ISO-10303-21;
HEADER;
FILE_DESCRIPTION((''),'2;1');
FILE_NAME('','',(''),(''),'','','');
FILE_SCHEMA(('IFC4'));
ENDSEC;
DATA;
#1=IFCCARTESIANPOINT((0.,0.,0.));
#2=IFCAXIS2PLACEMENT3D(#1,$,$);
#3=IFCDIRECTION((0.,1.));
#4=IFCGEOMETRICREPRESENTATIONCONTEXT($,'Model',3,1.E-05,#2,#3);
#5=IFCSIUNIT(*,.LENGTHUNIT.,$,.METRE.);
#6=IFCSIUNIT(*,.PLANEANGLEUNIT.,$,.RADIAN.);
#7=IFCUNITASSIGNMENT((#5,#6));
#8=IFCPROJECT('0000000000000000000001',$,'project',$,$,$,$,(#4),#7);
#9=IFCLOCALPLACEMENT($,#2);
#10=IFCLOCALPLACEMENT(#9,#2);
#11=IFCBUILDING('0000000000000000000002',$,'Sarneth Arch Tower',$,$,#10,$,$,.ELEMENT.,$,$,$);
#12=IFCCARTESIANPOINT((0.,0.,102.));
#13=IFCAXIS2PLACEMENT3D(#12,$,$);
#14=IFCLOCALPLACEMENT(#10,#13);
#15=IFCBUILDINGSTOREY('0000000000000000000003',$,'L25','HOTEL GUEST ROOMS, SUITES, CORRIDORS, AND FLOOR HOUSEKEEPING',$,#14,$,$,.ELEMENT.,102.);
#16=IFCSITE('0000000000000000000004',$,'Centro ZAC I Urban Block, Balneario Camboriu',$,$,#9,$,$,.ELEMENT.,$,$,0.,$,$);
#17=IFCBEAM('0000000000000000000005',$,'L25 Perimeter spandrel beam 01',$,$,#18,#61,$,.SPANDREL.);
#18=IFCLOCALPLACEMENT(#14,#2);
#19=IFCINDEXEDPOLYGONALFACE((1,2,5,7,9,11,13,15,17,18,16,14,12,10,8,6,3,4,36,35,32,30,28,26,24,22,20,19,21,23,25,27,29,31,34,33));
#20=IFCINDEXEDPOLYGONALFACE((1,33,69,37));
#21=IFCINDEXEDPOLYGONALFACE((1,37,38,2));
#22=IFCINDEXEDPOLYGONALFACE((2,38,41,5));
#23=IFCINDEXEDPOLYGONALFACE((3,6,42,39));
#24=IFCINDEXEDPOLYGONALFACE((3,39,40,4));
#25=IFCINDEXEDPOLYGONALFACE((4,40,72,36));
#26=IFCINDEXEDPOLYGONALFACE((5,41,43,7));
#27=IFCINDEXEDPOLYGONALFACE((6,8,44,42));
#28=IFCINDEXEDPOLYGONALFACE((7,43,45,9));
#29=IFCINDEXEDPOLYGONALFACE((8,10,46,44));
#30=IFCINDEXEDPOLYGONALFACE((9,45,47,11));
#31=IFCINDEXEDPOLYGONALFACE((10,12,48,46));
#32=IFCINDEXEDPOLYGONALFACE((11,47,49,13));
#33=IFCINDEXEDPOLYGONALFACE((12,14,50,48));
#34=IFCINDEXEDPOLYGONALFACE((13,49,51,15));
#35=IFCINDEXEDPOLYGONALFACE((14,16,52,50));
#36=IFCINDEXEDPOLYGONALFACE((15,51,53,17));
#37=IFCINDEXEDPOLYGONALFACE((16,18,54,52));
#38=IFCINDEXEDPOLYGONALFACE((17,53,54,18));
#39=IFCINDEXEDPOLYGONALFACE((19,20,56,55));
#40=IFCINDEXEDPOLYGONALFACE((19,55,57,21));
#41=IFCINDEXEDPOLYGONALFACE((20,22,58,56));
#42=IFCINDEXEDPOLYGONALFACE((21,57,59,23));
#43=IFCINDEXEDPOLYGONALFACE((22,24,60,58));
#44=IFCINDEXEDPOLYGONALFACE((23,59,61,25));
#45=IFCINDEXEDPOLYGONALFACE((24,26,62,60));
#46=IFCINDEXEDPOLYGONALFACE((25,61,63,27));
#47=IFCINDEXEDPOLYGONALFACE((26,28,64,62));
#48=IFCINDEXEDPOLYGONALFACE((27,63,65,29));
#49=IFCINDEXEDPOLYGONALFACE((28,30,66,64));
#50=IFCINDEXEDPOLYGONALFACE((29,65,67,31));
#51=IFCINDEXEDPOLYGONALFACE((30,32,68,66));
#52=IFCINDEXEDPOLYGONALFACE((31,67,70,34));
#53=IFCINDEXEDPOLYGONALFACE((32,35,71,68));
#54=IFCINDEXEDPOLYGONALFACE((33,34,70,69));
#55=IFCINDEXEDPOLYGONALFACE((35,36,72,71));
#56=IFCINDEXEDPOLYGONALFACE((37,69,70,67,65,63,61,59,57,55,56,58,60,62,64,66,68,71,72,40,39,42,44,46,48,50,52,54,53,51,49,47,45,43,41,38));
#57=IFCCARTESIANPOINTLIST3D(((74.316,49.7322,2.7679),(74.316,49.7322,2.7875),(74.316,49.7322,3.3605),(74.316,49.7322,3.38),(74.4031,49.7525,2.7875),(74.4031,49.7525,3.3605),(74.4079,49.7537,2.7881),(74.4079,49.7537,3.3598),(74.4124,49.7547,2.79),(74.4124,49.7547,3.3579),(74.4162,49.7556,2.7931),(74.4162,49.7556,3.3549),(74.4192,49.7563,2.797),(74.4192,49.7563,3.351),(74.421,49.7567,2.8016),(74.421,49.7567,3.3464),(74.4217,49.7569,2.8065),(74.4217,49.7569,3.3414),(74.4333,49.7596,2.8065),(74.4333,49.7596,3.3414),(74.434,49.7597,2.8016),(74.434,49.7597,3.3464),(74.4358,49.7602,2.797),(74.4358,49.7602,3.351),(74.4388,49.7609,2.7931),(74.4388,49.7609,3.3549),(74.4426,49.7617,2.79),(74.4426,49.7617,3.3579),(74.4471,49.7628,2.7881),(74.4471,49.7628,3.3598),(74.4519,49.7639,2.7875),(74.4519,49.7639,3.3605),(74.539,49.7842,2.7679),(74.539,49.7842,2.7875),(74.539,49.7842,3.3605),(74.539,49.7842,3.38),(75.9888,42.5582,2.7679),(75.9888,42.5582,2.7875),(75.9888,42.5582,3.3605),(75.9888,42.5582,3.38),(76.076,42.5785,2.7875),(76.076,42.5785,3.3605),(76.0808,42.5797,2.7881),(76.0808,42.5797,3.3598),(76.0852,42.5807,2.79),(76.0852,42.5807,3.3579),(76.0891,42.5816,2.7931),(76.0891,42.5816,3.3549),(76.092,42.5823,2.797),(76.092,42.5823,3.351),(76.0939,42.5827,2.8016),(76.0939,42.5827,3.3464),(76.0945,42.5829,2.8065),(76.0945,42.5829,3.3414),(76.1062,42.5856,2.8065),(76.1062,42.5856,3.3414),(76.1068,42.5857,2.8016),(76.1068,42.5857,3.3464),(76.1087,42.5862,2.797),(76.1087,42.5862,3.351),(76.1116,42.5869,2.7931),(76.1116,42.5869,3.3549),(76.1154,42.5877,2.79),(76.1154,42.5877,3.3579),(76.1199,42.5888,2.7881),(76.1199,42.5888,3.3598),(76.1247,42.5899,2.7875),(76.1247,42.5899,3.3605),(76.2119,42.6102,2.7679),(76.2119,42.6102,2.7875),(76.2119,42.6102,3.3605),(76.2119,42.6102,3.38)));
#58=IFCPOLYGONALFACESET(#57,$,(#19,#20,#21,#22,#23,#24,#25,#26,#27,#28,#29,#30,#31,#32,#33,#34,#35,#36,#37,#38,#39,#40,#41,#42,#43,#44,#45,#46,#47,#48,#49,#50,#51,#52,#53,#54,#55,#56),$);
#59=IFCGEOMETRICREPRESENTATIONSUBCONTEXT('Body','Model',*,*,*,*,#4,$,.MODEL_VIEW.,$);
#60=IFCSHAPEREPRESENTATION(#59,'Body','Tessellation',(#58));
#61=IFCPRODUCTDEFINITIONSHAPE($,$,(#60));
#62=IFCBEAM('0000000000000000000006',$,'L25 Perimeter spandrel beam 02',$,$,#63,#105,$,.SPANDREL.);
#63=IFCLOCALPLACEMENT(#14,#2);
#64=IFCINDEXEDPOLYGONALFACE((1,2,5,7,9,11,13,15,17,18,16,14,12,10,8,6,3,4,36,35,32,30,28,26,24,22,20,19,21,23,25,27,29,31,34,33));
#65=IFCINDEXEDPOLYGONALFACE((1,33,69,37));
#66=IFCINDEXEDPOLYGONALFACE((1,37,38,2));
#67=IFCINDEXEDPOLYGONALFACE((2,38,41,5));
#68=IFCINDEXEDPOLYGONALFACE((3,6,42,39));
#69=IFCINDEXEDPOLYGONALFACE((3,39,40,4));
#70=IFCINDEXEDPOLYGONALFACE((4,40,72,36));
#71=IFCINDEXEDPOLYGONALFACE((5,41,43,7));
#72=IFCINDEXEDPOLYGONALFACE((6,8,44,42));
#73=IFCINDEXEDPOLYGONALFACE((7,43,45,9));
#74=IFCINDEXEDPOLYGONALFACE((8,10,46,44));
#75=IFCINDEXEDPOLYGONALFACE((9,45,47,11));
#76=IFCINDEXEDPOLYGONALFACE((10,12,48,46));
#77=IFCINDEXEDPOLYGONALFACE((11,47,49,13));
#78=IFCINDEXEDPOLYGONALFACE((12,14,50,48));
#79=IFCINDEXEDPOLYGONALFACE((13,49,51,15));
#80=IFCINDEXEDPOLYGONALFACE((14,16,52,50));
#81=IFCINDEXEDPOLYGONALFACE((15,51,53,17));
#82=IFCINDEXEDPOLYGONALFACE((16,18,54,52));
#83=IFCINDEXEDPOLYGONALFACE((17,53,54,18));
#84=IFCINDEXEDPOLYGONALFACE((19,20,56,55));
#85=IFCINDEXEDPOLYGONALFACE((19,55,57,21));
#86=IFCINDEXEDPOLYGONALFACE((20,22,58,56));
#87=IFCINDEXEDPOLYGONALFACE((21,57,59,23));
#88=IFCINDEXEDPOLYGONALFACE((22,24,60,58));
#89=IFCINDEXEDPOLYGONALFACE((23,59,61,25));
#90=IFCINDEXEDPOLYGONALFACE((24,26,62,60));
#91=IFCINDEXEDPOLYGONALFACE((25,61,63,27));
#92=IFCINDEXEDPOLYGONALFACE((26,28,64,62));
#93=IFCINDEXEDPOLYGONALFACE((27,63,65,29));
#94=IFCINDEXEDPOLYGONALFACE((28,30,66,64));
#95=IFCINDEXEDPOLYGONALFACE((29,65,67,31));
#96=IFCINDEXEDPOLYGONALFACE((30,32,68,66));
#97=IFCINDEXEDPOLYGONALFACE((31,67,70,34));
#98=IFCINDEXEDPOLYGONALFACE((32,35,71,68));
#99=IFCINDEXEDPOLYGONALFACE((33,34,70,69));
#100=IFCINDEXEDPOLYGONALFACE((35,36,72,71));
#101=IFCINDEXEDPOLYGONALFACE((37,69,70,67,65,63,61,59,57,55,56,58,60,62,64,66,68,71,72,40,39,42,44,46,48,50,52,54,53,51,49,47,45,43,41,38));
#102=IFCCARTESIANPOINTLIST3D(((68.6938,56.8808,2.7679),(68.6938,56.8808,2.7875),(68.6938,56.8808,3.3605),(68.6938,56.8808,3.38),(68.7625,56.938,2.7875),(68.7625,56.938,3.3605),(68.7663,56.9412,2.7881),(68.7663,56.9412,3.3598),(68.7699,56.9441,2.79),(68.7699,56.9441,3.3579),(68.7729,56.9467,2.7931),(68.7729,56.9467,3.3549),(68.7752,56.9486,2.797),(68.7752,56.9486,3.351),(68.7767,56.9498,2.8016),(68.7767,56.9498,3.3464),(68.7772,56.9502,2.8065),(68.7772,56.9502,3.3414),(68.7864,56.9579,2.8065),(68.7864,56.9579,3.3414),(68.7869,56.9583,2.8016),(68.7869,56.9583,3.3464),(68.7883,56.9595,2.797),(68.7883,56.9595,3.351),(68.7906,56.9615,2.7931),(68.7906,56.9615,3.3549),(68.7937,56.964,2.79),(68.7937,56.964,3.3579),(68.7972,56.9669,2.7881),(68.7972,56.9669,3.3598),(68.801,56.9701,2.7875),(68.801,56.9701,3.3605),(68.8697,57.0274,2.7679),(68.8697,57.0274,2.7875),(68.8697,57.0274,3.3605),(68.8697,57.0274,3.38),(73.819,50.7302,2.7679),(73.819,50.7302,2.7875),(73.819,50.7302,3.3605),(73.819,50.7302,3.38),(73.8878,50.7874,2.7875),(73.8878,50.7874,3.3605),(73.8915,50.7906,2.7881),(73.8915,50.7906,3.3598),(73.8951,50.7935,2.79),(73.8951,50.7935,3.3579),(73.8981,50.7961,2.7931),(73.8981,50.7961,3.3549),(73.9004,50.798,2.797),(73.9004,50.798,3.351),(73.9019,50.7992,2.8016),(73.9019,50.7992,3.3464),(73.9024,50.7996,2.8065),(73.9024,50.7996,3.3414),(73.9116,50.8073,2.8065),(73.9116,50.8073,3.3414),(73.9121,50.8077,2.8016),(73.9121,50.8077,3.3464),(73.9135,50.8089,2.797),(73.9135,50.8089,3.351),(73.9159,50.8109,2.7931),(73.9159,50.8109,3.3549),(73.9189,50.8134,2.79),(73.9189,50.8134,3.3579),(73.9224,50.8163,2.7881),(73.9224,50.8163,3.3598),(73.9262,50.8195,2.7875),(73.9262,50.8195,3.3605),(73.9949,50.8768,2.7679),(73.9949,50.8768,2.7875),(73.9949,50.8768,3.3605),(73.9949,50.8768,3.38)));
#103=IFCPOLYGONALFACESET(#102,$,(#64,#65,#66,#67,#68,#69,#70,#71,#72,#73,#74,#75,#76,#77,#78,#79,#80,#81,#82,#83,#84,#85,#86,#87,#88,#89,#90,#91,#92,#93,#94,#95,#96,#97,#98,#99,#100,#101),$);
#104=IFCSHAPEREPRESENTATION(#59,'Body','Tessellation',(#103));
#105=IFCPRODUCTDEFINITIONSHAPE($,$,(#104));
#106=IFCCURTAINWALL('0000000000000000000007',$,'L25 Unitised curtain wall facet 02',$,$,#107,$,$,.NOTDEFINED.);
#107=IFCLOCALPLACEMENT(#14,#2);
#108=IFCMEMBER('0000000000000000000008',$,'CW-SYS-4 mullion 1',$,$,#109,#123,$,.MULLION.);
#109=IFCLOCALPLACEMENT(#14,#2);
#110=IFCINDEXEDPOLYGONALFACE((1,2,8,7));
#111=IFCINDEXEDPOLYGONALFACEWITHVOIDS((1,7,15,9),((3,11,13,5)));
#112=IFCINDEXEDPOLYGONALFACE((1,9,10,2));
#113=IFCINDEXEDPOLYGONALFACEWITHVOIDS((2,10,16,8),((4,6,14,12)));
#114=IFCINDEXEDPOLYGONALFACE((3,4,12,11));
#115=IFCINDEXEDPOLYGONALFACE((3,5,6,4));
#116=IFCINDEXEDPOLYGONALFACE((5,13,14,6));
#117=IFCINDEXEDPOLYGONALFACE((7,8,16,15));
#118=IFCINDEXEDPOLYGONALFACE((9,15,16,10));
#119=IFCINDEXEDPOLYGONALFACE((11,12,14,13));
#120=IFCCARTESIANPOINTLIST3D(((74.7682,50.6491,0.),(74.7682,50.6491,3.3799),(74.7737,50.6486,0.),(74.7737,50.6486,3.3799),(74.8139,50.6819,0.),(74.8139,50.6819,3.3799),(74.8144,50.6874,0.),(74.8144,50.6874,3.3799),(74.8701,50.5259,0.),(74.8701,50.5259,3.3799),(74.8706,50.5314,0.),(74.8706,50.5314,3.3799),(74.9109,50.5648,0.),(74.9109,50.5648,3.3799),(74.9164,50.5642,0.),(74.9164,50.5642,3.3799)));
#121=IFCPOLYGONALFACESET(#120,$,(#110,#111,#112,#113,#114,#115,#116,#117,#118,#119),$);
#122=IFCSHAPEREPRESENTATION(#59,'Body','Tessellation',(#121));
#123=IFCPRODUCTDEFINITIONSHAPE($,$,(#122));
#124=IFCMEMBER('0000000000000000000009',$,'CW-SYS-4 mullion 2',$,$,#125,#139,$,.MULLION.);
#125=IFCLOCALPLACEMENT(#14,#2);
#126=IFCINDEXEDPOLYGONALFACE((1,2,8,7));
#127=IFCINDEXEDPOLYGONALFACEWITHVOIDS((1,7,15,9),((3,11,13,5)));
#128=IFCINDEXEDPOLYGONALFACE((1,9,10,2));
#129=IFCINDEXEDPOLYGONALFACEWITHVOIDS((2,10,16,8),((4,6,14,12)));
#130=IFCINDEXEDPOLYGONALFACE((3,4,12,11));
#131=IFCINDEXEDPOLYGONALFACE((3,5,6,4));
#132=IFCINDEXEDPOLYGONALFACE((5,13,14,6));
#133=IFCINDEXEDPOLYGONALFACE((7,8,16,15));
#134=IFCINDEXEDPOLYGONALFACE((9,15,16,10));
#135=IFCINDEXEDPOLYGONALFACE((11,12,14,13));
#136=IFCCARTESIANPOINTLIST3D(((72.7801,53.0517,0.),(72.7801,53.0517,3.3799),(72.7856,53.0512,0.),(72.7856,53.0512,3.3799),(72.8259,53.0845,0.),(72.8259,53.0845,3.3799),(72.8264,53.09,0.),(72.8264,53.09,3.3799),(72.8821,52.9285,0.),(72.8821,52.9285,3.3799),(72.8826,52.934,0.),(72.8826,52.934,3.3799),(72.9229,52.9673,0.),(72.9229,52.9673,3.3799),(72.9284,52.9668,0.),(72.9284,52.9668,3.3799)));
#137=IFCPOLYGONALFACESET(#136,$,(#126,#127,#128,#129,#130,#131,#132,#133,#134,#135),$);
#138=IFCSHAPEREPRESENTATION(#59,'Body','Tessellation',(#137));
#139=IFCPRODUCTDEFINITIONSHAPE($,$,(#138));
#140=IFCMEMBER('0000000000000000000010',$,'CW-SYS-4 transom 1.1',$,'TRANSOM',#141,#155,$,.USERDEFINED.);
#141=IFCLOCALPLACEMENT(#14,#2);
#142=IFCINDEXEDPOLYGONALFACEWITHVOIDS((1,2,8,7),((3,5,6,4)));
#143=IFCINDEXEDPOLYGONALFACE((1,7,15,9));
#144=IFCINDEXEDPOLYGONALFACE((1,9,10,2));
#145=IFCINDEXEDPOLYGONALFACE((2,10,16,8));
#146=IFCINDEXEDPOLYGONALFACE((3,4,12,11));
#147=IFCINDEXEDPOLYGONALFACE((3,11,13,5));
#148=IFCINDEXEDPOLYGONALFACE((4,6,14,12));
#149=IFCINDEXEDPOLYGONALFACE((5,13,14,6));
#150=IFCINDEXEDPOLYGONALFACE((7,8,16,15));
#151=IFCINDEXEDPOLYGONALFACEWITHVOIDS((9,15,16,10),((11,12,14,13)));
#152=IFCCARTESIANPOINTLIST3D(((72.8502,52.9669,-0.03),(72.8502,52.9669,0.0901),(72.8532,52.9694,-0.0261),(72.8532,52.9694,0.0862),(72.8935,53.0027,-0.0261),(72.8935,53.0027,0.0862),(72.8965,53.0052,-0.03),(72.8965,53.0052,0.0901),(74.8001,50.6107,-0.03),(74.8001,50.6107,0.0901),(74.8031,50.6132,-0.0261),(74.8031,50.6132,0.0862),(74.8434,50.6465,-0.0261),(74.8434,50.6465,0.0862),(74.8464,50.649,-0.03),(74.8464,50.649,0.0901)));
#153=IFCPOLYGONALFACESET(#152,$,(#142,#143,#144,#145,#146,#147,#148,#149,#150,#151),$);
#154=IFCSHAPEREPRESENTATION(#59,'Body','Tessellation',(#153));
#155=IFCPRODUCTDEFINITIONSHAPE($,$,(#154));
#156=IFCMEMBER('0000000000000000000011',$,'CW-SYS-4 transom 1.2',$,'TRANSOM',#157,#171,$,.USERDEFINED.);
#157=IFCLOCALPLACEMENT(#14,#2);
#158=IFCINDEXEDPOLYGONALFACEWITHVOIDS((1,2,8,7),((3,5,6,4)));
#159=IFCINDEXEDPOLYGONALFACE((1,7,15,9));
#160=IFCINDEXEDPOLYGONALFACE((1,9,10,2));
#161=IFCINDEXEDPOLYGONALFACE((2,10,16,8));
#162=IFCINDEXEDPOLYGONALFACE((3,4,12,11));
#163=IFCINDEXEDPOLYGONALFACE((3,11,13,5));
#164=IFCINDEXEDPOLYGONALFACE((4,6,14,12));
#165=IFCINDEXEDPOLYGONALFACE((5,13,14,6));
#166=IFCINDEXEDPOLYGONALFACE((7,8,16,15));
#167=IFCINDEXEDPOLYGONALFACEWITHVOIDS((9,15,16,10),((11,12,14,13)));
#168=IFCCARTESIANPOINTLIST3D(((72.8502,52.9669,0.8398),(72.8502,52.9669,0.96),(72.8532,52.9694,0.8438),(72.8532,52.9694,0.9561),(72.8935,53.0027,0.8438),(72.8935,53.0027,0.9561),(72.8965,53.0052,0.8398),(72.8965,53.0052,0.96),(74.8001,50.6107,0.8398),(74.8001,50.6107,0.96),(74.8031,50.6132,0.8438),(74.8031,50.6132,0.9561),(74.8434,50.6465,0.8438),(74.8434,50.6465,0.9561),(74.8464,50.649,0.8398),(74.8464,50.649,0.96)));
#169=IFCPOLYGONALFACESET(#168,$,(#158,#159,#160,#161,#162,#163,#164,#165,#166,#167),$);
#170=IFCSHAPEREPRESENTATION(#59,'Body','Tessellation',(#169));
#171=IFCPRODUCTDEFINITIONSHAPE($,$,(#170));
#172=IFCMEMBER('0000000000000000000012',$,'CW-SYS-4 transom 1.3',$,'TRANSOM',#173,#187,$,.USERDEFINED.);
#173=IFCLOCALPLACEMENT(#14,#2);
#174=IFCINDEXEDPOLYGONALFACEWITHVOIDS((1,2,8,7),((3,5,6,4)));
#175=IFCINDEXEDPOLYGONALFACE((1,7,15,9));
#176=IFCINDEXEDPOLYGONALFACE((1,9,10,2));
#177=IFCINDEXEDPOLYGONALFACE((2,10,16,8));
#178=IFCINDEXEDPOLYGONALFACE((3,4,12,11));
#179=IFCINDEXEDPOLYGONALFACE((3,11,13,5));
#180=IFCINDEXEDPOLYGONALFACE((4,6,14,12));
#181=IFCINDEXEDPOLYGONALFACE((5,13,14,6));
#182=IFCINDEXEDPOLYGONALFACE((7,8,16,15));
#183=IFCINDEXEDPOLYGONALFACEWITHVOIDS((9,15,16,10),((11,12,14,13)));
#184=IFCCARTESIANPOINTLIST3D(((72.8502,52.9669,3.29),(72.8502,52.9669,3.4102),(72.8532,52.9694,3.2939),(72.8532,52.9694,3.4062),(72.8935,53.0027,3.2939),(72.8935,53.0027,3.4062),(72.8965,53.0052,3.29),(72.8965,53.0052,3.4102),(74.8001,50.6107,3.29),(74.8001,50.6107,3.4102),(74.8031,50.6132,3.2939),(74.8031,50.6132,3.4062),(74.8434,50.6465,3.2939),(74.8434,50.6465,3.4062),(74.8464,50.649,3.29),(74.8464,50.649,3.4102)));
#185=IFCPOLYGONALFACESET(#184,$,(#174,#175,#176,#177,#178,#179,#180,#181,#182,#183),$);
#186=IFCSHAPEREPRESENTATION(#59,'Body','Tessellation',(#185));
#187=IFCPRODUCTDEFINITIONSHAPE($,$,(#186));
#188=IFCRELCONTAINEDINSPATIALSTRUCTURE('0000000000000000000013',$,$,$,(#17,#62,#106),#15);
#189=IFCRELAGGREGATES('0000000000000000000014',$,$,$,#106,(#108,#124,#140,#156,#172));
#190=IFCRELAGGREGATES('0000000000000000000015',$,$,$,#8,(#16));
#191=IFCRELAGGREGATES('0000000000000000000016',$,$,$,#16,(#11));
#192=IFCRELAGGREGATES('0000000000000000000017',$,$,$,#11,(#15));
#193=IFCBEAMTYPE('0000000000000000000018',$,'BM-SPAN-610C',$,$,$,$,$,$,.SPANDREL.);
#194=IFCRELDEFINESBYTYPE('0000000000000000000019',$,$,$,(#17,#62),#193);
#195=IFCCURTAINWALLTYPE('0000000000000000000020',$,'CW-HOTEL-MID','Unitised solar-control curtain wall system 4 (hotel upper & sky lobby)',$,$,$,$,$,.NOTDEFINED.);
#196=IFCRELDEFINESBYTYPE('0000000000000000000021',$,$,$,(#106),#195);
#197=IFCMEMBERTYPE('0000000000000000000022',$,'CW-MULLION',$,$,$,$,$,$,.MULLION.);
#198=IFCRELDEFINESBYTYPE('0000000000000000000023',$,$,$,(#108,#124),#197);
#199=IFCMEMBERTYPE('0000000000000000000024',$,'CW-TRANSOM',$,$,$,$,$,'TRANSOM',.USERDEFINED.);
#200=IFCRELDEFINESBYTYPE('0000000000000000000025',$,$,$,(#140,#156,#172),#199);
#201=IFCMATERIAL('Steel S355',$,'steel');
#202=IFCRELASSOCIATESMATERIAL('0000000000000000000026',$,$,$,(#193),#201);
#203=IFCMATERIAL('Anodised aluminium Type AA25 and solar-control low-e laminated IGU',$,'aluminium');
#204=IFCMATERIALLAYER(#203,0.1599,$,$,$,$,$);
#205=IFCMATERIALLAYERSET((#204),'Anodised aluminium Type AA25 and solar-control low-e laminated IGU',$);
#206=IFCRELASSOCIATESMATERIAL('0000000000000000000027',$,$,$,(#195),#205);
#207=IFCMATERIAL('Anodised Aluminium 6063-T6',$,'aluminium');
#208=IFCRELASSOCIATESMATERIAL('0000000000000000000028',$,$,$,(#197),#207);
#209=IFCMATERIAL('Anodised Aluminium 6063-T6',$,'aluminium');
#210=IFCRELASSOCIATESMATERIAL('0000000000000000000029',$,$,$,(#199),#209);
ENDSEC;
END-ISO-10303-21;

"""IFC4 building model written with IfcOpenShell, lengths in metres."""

from ifc_helpers import new_model, si_unit, direction, frame, origin, origin_2d, place, context, subcontext, project, spatial, hollow_rectangle, i_section, extrude, material, layer, layer_set, material_profile, profile_set, type_object, element, aggregate, save


model = new_model("IFC4")

# Units and contexts
model_context = context("Model", 3, precision=1e-05, world=origin(), true_north=direction((0.0, 1.0)))
body_context = subcontext(model_context, "Body", "Model", "MODEL_VIEW")
ifc_project = project(units=[si_unit("LENGTHUNIT", "METRE"), si_unit("PLANEANGLEUNIT", "RADIAN")], contexts=[model_context])

# Site, building, storey
site_placement = place(None, origin())
site = spatial("IfcSite", under=ifc_project, at=site_placement, Name="Centro ZAC I Urban Block, Balneario Camboriu", CompositionType="ELEMENT", RefElevation=0.0)
building_placement = place(site_placement, origin())
building = spatial("IfcBuilding", under=site, at=building_placement, Name="Sarneth Arch Tower", CompositionType="ELEMENT")
storey_placement = place(building_placement, frame((0.0, 0.0, 102.0)))
storey = spatial("IfcBuildingStorey", under=building, at=storey_placement, Name="L25", Description="HOTEL GUEST ROOMS, SUITES, CORRIDORS, AND FLOOR HOUSEKEEPING", CompositionType="ELEMENT", Elevation=102.0)

# Beams
ifc_material_1 = material(Name="Steel S355", Category="steel")
ifc_material_profile_1 = material_profile(ifc_material_1, i_section(OverallWidth=0.229, OverallDepth=0.6121, WebThickness=0.012, FlangeThickness=0.0195, FilletRadius=0.019, at=origin_2d()), Name="W610x125")
ifc_profile_set_1 = profile_set([ifc_material_profile_1], Name="Steel S355")
beam_type = type_object("IfcBeamType", Name="BM-SPAN-610C", PredefinedType="SPANDREL", material=ifc_profile_set_1)
beam_1_placement = place(storey_placement, frame((76.1003, 42.5842, 3.074), z_axis=(-0.227088, 0.973874, 0.0), x_axis=(-0.973874, -0.227088, 0.0)))
element("IfcBeam", 1, at=beam_1_placement, inside=storey, type_object=beam_type, Name="L25 Perimeter spandrel beam 01", PredefinedType="SPANDREL", context=body_context, shape_type="SweptSolid", body=[
    extrude(i_section(OverallWidth=0.229, OverallDepth=0.6121, WebThickness=0.012, FlangeThickness=0.0195, FilletRadius=0.019, at=origin_2d()), origin(), (0.0, 0.0, 1.0), 7.3665),
])
beam_2_placement = place(storey_placement, frame((73.907, 50.8035, 3.074), z_axis=(-0.640163, 0.768239, 0.0), x_axis=(-0.768239, -0.640163, 0.0)))
element("IfcBeam", 2, at=beam_2_placement, inside=storey, type_object=beam_type, Name="L25 Perimeter spandrel beam 02", PredefinedType="SPANDREL", context=body_context, shape_type="SweptSolid", body=[
    extrude(i_section(OverallWidth=0.229, OverallDepth=0.6121, WebThickness=0.012, FlangeThickness=0.0195, FilletRadius=0.019, at=origin_2d()), origin(), (0.0, 0.0, 1.0), 8.0061),
])

# Curtain wall, members
ifc_material_2 = material(Name="Anodised aluminium Type AA25 and solar-control low-e laminated IGU", Category="aluminium")
ifc_layer_1 = layer(ifc_material_2, 0.1599)
ifc_layer_set_1 = layer_set([ifc_layer_1], Name="Anodised aluminium Type AA25 and solar-control low-e laminated IGU")
curtain_wall_type = type_object("IfcCurtainWallType", Name="CW-HOTEL-MID", Description="Unitised solar-control curtain wall system 4 (hotel upper & sky lobby)", PredefinedType="NOTDEFINED", material=ifc_layer_set_1)
curtain_wall_placement = place(storey_placement, origin())
curtain_wall = element("IfcCurtainWall", 3, at=curtain_wall_placement, inside=storey, type_object=curtain_wall_type, Name="L25 Unitised curtain wall facet 02", PredefinedType="NOTDEFINED")
ifc_material_3 = material(Name="Anodised Aluminium 6063-T6", Category="aluminium")
ifc_material_profile_2 = material_profile(ifc_material_3, hollow_rectangle(XDim=0.0601, YDim=0.1599, WallThickness=0.0039, at=origin_2d()), Name="AL-MULL-160x60x4")
ifc_profile_set_2 = profile_set([ifc_material_profile_2], Name="Anodised Aluminium 6063-T6")
member_type_1 = type_object("IfcMemberType", Name="CW-MULLION", PredefinedType="MULLION", material=ifc_profile_set_2)
member_1_placement = place(storey_placement, frame((74.8423, 50.6067, 0.0), z_axis=(0.0, 0.0, 1.0), x_axis=(-0.770438, -0.637515, 0.0)))
member_1 = element("IfcMember", 4, at=member_1_placement, type_object=member_type_1, Name="CW-SYS-4 mullion 1", PredefinedType="MULLION", context=body_context, shape_type="SweptSolid", body=[
    extrude(hollow_rectangle(XDim=0.0601, YDim=0.1599, WallThickness=0.0039, at=origin_2d()), origin(), (0.0, 0.0, 1.0), 3.3799),
])
member_2_placement = place(storey_placement, frame((72.8542, 53.0093, 0.0), z_axis=(0.0, 0.0, 1.0), x_axis=(-0.770438, -0.637515, 0.0)))
member_2 = element("IfcMember", 5, at=member_2_placement, type_object=member_type_1, Name="CW-SYS-4 mullion 2", PredefinedType="MULLION", context=body_context, shape_type="SweptSolid", body=[
    extrude(hollow_rectangle(XDim=0.0601, YDim=0.1599, WallThickness=0.0039, at=origin_2d()), origin(), (0.0, 0.0, 1.0), 3.3799),
])
ifc_material_4 = material(Name="Anodised Aluminium 6063-T6", Category="aluminium")
ifc_material_profile_3 = material_profile(ifc_material_4, hollow_rectangle(XDim=0.0601, YDim=0.1201, WallThickness=0.0039, at=origin_2d()), Name="AL-TRAN-120x60x4")
ifc_profile_set_3 = profile_set([ifc_material_profile_3], Name="Anodised Aluminium 6063-T6")
member_type_2 = type_object("IfcMemberType", Name="CW-TRANSOM", ElementType="TRANSOM", PredefinedType="USERDEFINED", material=ifc_profile_set_3)
member_3_placement = place(storey_placement, frame((74.8232, 50.6299, 0.03), z_axis=(-0.637566, 0.770396, 0.0), x_axis=(-0.770396, -0.637566, 0.0)))
member_3 = element("IfcMember", 6, at=member_3_placement, type_object=member_type_2, Name="CW-SYS-4 transom 1.1", ObjectType="TRANSOM", PredefinedType="USERDEFINED", context=body_context, shape_type="SweptSolid", body=[
    extrude(hollow_rectangle(XDim=0.0601, YDim=0.1201, WallThickness=0.0039, at=origin_2d()), origin(), (0.0, 0.0, 1.0), 3.0583),
])
member_4_placement = place(storey_placement, frame((74.8232, 50.6299, 0.8999), z_axis=(-0.637566, 0.770396, 0.0), x_axis=(-0.770396, -0.637566, 0.0)))
member_4 = element("IfcMember", 7, at=member_4_placement, type_object=member_type_2, Name="CW-SYS-4 transom 1.2", ObjectType="TRANSOM", PredefinedType="USERDEFINED", context=body_context, shape_type="SweptSolid", body=[
    extrude(hollow_rectangle(XDim=0.0601, YDim=0.1201, WallThickness=0.0039, at=origin_2d()), origin(), (0.0, 0.0, 1.0), 3.0583),
])
member_5_placement = place(storey_placement, frame((74.8232, 50.6299, 3.3501), z_axis=(-0.637566, 0.770396, 0.0), x_axis=(-0.770396, -0.637566, 0.0)))
member_5 = element("IfcMember", 8, at=member_5_placement, type_object=member_type_2, Name="CW-SYS-4 transom 1.3", ObjectType="TRANSOM", PredefinedType="USERDEFINED", context=body_context, shape_type="SweptSolid", body=[
    extrude(hollow_rectangle(XDim=0.0601, YDim=0.1201, WallThickness=0.0039, at=origin_2d()), origin(), (0.0, 0.0, 1.0), 3.0583),
])

aggregate(curtain_wall, [member_1, member_2, member_3, member_4, member_5])

save(model, "model.ifc")
